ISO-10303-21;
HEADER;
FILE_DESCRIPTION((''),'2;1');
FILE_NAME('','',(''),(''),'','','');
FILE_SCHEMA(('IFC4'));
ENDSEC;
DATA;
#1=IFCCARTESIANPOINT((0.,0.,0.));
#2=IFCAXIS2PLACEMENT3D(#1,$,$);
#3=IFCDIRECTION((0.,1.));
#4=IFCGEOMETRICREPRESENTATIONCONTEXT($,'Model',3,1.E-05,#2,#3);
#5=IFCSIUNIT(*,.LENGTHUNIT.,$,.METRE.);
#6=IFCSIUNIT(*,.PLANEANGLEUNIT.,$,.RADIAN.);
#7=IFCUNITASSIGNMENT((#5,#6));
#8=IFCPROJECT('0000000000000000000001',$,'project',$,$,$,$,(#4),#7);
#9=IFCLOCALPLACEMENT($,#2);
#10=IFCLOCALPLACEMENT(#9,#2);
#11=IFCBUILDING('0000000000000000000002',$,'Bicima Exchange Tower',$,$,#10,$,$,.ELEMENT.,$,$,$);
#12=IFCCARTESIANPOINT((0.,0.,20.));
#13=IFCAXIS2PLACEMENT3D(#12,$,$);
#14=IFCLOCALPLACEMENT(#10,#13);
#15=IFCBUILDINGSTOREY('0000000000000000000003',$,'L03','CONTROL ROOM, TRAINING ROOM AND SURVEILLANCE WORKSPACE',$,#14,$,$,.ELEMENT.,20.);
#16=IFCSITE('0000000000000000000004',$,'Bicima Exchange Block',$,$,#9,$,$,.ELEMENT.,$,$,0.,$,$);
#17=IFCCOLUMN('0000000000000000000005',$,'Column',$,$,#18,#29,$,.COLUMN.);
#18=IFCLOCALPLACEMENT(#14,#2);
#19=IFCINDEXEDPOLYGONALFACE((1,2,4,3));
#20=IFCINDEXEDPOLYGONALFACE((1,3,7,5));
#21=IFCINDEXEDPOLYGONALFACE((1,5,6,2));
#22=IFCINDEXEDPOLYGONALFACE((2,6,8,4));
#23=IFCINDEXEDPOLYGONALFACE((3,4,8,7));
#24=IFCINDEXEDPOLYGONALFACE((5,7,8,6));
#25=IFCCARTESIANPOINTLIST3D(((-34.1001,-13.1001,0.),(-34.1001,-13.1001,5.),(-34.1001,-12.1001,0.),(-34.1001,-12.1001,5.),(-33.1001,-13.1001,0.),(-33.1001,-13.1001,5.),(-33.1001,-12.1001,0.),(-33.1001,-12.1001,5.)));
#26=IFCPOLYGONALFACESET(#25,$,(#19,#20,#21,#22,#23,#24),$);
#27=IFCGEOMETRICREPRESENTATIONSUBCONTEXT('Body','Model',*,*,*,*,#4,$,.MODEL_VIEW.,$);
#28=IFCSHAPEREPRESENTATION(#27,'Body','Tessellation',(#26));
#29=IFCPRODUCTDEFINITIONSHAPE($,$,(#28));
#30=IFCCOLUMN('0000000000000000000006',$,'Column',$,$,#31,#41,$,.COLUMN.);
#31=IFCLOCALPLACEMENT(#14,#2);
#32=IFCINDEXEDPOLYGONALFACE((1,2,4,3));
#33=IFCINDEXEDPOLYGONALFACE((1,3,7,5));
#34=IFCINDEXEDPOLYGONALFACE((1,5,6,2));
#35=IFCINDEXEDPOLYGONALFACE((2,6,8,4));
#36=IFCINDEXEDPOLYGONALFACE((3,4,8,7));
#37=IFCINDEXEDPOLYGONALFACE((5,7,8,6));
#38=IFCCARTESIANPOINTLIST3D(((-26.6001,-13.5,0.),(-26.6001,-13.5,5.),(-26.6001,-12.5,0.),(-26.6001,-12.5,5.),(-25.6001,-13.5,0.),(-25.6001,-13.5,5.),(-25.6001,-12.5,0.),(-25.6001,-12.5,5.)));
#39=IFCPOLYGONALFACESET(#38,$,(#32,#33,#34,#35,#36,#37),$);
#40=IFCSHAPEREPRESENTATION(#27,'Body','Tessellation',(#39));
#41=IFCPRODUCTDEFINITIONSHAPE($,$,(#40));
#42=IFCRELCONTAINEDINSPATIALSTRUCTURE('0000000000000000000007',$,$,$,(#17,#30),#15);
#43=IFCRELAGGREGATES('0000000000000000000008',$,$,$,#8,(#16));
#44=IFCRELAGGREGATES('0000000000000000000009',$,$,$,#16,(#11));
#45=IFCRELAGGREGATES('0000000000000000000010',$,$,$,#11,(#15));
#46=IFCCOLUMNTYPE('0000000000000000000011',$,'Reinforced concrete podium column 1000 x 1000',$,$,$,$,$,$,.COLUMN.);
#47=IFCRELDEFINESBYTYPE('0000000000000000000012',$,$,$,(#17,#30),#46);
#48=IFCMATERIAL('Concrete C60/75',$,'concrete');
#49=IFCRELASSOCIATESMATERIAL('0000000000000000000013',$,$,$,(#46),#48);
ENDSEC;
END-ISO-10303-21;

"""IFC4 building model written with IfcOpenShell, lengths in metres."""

from ifc_helpers import new_model, si_unit, direction, frame, origin, origin_2d, place, context, subcontext, project, spatial, rectangle, extrude, material, material_profile, profile_set, type_object, element, save


model = new_model("IFC4")

# Units and contexts
model_context = context("Model", 3, precision=1e-05, world=origin(), true_north=direction((0.0, 1.0)))
body_context = subcontext(model_context, "Body", "Model", "MODEL_VIEW")
ifc_project = project(units=[si_unit("LENGTHUNIT", "METRE"), si_unit("PLANEANGLEUNIT", "RADIAN")], contexts=[model_context])

# Site, building, storey
site_placement = place(None, origin())
site = spatial("IfcSite", under=ifc_project, at=site_placement, Name="Bicima Exchange Block", CompositionType="ELEMENT", RefElevation=0.0)
building_placement = place(site_placement, origin())
building = spatial("IfcBuilding", under=site, at=building_placement, Name="Bicima Exchange Tower", CompositionType="ELEMENT")
storey_placement = place(building_placement, frame((0.0, 0.0, 20.0)))
storey = spatial("IfcBuildingStorey", under=building, at=storey_placement, Name="L03", Description="CONTROL ROOM, TRAINING ROOM AND SURVEILLANCE WORKSPACE", CompositionType="ELEMENT", Elevation=20.0)

# Columns
ifc_material_1 = material(Name="Concrete C60/75", Category="concrete")
ifc_material_profile = material_profile(ifc_material_1, rectangle(XDim=1.0, YDim=1.0, at=origin_2d()))
ifc_profile_set = profile_set([ifc_material_profile], Name="Concrete C60/75")
column_type = type_object("IfcColumnType", Name="Reinforced concrete podium column 1000 x 1000", PredefinedType="COLUMN", material=ifc_profile_set)
for number, where, z_axis, x_axis, name in (
    (1, (-33.6001, -12.6001, 0.0), (0.0, 0.0, 1.0), (1.0, 0.0, 0.0), "Column"),
    (2, (-26.1001, -13.0, 0.0), (0.0, 0.0, 1.0), (1.0, 0.0, 0.0), "Column"),
):
    element("IfcColumn", number, at=place(storey_placement, frame(where, z_axis=z_axis, x_axis=x_axis)), inside=storey, type_object=column_type, Name=name, PredefinedType="COLUMN", context=body_context, shape_type="SweptSolid", body=[
        extrude(rectangle(XDim=1.0, YDim=1.0, at=origin_2d()), origin(), (0.0, 0.0, 1.0), 5.0),
    ])

save(model, "model.ifc")
